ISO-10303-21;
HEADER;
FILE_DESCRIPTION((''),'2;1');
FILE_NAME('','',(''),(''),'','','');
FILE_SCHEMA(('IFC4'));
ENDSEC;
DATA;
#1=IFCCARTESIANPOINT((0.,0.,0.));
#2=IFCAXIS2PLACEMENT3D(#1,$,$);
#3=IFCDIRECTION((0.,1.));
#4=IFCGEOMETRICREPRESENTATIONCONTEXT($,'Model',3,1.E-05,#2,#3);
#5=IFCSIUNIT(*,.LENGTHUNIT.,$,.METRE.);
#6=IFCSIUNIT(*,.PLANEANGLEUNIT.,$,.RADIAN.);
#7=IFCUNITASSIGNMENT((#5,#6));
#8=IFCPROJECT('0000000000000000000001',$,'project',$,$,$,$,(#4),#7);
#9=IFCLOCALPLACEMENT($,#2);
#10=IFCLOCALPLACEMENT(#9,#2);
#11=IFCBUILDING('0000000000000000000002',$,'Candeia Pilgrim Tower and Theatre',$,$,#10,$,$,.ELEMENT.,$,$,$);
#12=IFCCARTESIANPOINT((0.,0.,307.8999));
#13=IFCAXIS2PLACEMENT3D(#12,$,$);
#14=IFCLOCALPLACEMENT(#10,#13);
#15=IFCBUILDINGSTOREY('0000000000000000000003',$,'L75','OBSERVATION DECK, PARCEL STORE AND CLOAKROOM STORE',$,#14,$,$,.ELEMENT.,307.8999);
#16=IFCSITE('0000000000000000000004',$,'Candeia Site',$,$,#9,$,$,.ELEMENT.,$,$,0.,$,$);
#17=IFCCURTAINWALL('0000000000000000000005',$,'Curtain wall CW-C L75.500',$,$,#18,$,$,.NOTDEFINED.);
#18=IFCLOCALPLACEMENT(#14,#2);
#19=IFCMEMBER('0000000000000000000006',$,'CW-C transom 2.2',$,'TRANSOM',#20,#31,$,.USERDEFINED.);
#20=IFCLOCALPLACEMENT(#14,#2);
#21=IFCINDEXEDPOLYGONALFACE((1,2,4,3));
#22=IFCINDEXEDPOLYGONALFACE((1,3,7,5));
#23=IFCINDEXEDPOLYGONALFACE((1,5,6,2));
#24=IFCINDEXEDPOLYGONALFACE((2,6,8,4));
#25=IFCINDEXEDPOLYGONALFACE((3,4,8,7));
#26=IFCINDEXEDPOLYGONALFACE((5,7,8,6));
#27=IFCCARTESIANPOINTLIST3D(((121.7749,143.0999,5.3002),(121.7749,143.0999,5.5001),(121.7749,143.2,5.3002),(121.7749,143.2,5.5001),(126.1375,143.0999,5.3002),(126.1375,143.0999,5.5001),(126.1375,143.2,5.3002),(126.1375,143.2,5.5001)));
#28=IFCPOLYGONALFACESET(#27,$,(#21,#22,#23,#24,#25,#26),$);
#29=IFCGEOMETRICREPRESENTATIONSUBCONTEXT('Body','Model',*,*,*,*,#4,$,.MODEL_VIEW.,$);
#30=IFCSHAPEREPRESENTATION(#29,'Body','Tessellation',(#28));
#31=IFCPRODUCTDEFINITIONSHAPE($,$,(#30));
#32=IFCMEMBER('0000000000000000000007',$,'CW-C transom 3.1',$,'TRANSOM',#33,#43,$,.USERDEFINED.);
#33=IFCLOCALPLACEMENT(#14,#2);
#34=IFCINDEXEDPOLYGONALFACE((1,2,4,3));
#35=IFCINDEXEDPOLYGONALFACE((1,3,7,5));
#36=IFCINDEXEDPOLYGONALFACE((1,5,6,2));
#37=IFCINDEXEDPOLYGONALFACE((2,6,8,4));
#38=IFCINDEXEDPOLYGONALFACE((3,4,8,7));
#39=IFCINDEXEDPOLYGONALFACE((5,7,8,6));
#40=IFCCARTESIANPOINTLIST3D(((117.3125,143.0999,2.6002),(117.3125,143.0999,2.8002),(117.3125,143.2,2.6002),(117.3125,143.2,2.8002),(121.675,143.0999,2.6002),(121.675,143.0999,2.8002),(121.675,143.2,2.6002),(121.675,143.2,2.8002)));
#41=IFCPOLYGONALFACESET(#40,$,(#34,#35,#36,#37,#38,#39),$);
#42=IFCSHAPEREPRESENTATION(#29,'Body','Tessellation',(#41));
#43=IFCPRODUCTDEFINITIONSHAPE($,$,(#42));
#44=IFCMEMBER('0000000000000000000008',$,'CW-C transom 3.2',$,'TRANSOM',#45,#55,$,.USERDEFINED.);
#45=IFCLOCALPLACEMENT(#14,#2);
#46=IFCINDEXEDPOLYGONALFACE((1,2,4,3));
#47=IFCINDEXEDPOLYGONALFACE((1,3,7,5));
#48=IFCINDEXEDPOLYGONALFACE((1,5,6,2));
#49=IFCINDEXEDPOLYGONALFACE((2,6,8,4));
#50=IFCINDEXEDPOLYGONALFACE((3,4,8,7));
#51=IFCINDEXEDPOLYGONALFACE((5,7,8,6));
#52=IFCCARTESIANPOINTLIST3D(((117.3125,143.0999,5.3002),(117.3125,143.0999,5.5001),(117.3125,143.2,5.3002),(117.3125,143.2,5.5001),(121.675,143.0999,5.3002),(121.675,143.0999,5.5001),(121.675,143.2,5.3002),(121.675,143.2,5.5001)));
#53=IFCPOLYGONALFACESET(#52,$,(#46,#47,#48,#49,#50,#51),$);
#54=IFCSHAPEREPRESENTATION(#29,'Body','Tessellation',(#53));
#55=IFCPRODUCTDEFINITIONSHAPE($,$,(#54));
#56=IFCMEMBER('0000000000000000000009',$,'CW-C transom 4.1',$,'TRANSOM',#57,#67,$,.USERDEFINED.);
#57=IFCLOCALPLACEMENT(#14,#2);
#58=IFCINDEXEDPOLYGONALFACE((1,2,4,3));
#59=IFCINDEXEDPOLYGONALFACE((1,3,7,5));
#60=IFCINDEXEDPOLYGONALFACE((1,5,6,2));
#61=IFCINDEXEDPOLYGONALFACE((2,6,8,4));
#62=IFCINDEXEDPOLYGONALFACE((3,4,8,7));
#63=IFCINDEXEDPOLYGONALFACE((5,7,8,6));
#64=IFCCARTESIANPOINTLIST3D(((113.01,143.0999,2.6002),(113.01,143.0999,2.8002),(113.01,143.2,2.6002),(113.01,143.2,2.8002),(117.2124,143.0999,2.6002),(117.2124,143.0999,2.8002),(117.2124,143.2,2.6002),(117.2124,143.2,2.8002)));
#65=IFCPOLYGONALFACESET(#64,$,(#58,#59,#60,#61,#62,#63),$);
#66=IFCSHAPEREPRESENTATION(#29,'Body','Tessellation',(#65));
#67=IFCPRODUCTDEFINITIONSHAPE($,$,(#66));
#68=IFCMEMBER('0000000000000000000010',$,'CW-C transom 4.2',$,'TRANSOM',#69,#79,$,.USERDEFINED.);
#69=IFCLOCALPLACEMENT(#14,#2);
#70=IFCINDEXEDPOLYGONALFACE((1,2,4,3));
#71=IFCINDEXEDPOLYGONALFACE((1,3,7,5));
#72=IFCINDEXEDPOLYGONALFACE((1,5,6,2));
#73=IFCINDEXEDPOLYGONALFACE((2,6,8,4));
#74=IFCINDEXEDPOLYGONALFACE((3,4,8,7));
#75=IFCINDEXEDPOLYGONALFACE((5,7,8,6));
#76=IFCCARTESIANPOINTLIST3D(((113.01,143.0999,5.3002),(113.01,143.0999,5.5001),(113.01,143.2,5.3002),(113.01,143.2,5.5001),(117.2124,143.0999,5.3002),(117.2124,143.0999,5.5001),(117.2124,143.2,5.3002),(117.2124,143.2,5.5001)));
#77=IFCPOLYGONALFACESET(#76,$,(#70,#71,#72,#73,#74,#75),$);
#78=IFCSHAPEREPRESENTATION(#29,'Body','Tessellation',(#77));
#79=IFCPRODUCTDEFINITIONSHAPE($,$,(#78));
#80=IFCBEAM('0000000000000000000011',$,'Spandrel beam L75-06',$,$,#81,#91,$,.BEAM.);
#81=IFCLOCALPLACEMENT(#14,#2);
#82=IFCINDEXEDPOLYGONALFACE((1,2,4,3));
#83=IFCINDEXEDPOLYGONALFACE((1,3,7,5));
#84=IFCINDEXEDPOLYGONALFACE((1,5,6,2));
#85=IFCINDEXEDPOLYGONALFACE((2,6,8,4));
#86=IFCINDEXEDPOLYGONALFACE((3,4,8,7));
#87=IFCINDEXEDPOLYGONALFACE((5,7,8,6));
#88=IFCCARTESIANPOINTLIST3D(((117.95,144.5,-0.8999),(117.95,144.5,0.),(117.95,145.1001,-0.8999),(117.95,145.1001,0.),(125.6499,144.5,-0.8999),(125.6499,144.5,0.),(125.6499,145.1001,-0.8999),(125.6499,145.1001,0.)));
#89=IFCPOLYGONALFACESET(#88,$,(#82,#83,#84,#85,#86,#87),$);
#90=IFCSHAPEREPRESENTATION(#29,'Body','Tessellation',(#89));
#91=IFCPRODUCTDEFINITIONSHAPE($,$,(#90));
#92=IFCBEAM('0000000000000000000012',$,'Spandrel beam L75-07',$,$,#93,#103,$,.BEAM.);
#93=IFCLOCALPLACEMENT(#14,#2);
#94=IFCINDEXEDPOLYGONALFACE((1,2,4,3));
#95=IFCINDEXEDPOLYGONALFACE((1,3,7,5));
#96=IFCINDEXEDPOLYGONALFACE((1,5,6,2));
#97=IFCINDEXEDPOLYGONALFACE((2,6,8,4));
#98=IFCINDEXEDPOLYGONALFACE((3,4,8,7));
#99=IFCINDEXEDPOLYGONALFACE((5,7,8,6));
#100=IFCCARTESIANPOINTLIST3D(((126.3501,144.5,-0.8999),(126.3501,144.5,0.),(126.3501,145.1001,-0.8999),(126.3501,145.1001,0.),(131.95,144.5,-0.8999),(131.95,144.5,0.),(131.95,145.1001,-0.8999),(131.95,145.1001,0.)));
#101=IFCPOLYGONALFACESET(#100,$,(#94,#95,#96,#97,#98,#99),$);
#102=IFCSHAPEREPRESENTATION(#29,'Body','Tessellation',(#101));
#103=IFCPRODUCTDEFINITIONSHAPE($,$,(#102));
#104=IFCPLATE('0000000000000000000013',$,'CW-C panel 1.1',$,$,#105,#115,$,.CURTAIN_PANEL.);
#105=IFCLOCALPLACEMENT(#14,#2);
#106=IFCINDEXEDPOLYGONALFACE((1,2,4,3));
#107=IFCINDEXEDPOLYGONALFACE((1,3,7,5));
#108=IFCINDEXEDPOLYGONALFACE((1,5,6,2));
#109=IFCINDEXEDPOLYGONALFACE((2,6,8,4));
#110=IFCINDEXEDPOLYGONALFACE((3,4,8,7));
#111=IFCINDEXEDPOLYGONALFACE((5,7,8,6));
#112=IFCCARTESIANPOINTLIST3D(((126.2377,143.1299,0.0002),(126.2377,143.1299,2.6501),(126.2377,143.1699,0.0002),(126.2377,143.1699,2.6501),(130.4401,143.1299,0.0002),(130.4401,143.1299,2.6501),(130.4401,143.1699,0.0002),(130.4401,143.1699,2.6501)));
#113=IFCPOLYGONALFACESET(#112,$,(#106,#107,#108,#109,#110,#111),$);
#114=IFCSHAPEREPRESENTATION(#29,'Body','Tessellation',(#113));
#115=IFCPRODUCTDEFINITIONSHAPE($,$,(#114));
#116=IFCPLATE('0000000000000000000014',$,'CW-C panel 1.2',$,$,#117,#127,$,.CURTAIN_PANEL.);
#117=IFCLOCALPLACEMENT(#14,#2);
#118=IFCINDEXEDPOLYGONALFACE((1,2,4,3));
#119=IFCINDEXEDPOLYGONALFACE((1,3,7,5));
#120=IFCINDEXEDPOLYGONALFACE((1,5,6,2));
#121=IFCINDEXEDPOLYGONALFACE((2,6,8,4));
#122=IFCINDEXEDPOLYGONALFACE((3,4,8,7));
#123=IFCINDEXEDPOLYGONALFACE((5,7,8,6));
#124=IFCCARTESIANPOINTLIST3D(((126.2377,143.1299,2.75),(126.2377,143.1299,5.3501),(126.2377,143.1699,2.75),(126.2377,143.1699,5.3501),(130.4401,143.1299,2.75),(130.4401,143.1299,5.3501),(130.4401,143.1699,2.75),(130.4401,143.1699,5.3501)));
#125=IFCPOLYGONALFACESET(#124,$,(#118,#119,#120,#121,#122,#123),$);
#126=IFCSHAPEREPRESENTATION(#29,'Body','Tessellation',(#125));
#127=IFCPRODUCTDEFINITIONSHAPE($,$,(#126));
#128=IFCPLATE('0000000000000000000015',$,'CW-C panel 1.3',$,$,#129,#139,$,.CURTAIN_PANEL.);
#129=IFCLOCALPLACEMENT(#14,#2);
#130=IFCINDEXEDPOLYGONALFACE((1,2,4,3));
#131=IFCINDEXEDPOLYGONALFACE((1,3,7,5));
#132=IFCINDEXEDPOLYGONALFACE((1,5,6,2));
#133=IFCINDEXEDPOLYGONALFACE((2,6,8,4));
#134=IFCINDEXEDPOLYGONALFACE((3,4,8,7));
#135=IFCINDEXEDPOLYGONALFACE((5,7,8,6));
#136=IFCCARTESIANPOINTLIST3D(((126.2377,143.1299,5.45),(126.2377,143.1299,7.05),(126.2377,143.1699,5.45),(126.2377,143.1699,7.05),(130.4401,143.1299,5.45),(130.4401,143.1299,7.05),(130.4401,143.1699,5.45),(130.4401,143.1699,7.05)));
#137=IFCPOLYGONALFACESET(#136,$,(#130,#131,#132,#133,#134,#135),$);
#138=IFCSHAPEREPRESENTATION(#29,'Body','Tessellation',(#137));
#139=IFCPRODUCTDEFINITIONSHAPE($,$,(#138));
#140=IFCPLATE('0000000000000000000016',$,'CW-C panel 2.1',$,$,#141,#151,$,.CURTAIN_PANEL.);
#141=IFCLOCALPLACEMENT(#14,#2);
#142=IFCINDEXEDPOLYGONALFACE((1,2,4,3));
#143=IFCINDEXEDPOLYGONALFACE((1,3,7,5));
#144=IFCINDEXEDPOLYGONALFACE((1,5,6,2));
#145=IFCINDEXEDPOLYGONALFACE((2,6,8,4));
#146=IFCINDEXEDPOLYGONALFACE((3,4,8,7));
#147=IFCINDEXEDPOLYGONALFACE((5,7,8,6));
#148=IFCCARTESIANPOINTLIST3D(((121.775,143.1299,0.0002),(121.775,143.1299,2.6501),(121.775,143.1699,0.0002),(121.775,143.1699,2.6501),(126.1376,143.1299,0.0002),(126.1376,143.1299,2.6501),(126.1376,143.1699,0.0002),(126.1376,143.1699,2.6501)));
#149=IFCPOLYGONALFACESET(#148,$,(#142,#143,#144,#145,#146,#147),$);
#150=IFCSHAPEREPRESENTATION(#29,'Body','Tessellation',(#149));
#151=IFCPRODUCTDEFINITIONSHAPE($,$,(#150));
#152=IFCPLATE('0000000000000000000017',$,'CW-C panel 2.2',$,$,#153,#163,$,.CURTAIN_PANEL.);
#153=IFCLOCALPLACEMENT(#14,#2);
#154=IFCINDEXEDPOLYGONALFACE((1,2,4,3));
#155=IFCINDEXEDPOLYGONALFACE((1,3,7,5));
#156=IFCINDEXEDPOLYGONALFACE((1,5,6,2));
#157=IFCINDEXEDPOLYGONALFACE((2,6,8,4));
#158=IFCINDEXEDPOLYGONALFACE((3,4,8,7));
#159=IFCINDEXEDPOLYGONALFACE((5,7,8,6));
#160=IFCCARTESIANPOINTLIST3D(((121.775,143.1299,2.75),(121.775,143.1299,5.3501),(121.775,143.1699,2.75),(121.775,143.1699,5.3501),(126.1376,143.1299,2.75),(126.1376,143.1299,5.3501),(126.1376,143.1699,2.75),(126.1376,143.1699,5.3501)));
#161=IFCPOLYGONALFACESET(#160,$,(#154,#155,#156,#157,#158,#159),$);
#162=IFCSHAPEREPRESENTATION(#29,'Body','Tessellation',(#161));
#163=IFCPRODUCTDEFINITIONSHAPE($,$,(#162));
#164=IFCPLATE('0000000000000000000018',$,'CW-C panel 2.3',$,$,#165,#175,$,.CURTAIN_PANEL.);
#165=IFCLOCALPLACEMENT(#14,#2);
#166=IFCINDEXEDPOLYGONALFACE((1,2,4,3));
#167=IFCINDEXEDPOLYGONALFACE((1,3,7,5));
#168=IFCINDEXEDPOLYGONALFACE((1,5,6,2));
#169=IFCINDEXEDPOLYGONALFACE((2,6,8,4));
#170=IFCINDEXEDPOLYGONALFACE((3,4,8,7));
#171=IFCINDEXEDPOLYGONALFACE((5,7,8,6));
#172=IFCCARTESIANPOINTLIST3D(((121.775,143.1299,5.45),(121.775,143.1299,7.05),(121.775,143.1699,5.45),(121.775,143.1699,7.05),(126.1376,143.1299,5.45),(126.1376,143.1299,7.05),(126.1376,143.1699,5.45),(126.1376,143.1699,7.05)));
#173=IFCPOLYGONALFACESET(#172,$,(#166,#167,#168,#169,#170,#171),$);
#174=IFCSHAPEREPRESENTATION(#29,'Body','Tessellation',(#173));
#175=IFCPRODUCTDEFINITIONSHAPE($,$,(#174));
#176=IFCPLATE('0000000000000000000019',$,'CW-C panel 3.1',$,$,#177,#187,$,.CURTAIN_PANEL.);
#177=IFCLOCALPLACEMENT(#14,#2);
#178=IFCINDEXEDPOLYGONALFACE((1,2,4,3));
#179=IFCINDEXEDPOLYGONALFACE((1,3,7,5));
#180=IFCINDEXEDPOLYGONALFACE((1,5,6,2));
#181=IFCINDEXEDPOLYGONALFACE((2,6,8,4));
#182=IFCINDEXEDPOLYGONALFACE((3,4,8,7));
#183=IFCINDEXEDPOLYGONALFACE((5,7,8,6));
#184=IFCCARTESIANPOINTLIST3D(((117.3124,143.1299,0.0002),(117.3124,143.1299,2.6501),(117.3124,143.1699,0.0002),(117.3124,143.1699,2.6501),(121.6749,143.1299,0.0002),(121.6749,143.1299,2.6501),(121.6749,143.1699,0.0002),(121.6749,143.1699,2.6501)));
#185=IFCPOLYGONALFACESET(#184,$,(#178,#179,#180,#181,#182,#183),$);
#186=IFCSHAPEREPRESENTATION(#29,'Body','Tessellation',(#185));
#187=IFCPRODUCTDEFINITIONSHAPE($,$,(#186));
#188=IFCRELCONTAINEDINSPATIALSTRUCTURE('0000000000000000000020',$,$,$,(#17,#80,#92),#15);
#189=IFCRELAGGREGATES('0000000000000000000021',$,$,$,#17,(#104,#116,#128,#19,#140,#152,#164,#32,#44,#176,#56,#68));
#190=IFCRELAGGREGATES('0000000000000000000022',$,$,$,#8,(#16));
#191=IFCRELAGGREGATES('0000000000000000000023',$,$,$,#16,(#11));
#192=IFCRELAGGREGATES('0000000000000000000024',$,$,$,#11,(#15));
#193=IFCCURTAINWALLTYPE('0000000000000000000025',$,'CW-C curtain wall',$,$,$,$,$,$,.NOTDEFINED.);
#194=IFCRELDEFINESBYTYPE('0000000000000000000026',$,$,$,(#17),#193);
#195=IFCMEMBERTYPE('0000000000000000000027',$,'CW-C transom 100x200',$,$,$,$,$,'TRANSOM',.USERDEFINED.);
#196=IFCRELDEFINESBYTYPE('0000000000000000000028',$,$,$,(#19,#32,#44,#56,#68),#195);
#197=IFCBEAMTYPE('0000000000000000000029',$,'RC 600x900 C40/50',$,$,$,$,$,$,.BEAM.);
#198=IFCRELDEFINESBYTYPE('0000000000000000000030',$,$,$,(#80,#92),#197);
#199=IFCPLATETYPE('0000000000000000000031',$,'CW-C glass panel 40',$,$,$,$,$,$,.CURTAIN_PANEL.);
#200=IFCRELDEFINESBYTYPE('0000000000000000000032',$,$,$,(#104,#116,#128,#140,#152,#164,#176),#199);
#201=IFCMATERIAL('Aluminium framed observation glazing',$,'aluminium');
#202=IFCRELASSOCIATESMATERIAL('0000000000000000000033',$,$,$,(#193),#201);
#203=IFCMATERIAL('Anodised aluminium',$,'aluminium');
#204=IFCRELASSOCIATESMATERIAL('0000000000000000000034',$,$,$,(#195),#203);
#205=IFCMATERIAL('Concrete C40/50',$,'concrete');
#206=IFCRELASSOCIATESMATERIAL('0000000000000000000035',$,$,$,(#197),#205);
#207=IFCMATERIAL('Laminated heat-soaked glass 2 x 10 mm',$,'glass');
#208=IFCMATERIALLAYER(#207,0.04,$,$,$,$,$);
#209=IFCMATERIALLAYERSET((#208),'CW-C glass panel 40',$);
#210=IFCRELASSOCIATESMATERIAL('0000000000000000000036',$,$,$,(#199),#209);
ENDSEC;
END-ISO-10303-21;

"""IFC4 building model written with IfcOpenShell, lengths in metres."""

from ifc_helpers import new_model, si_unit, direction, frame, origin, origin_2d, place, context, subcontext, project, spatial, rectangle, extrude, material, layer, layer_set, material_profile, profile_set, type_object, element, aggregate, save


model = new_model("IFC4")

# Units and contexts
model_context = context("Model", 3, precision=1e-05, world=origin(), true_north=direction((0.0, 1.0)))
body_context = subcontext(model_context, "Body", "Model", "MODEL_VIEW")
ifc_project = project(units=[si_unit("LENGTHUNIT", "METRE"), si_unit("PLANEANGLEUNIT", "RADIAN")], contexts=[model_context])

# Site, building, storey
site_placement = place(None, origin())
site = spatial("IfcSite", under=ifc_project, at=site_placement, Name="Candeia Site", CompositionType="ELEMENT", RefElevation=0.0)
building_placement = place(site_placement, origin())
building = spatial("IfcBuilding", under=site, at=building_placement, Name="Candeia Pilgrim Tower and Theatre", CompositionType="ELEMENT")
storey_placement = place(building_placement, frame((0.0, 0.0, 307.8999)))
storey = spatial("IfcBuildingStorey", under=building, at=storey_placement, Name="L75", Description="OBSERVATION DECK, PARCEL STORE AND CLOAKROOM STORE", CompositionType="ELEMENT", Elevation=307.8999)

# Shared definitions
ifc_material_1 = material(Name="Concrete C40/50", Category="concrete")

# Shared definitions
ifc_material_2 = material(Name="Aluminium framed observation glazing", Category="aluminium")
curtain_wall_type = type_object("IfcCurtainWallType", Name="CW-C curtain wall", PredefinedType="NOTDEFINED", material=ifc_material_2)
ifc_material_3 = material(Name="Anodised aluminium", Category="aluminium")

# Curtain wall
curtain_wall_1_placement = place(storey_placement, origin())
curtain_wall_1 = element("IfcCurtainWall", 1, at=curtain_wall_1_placement, inside=storey, type_object=curtain_wall_type, Name="Curtain wall CW-C L75.500", PredefinedType="NOTDEFINED")

# Members
ifc_material_profile_1 = material_profile(ifc_material_3, rectangle(XDim=0.1001, YDim=0.2, at=origin_2d()))
ifc_profile_set_1 = profile_set([ifc_material_profile_1], Name="Anodised aluminium")
member_type_1 = type_object("IfcMemberType", Name="CW-C transom 100x200", ElementType="TRANSOM", PredefinedType="USERDEFINED", material=ifc_profile_set_1)
member_1_placement = place(storey_placement, frame((126.1375, 143.1499, 5.4001), z_axis=(-1.0, 0.0, 0.0), x_axis=(0.0, -1.0, 0.0)))
member_1 = element("IfcMember", 2, at=member_1_placement, type_object=member_type_1, Name="CW-C transom 2.2", ObjectType="TRANSOM", PredefinedType="USERDEFINED", context=body_context, shape_type="SweptSolid", body=[
    extrude(rectangle(XDim=0.1001, YDim=0.2, at=origin_2d()), origin(), (0.0, 0.0, 1.0), 4.3625),
])
member_2_placement = place(storey_placement, frame((121.675, 143.1499, 2.7002), z_axis=(-1.0, 0.0, 0.0), x_axis=(0.0, -1.0, 0.0)))
member_2 = element("IfcMember", 3, at=member_2_placement, type_object=member_type_1, Name="CW-C transom 3.1", ObjectType="TRANSOM", PredefinedType="USERDEFINED", context=body_context, shape_type="SweptSolid", body=[
    extrude(rectangle(XDim=0.1001, YDim=0.2, at=origin_2d()), origin(), (0.0, 0.0, 1.0), 4.3625),
])
member_3_placement = place(storey_placement, frame((121.675, 143.1499, 5.4001), z_axis=(-1.0, 0.0, 0.0), x_axis=(0.0, -1.0, 0.0)))
member_3 = element("IfcMember", 4, at=member_3_placement, type_object=member_type_1, Name="CW-C transom 3.2", ObjectType="TRANSOM", PredefinedType="USERDEFINED", context=body_context, shape_type="SweptSolid", body=[
    extrude(rectangle(XDim=0.1001, YDim=0.2, at=origin_2d()), origin(), (0.0, 0.0, 1.0), 4.3625),
])
member_4_placement = place(storey_placement, frame((117.2124, 143.1499, 2.7002), z_axis=(-1.0, 0.0, 0.0), x_axis=(0.0, -1.0, 0.0)))
member_4 = element("IfcMember", 5, at=member_4_placement, type_object=member_type_1, Name="CW-C transom 4.1", ObjectType="TRANSOM", PredefinedType="USERDEFINED", context=body_context, shape_type="SweptSolid", body=[
    extrude(rectangle(XDim=0.1001, YDim=0.2, at=origin_2d()), origin(), (0.0, 0.0, 1.0), 4.2024),
])
member_5_placement = place(storey_placement, frame((117.2124, 143.1499, 5.4001), z_axis=(-1.0, 0.0, 0.0), x_axis=(0.0, -1.0, 0.0)))
member_5 = element("IfcMember", 6, at=member_5_placement, type_object=member_type_1, Name="CW-C transom 4.2", ObjectType="TRANSOM", PredefinedType="USERDEFINED", context=body_context, shape_type="SweptSolid", body=[
    extrude(rectangle(XDim=0.1001, YDim=0.2, at=origin_2d()), origin(), (0.0, 0.0, 1.0), 4.2024),
])

# Beams
ifc_material_profile_2 = material_profile(ifc_material_1, rectangle(XDim=0.6001, YDim=0.8999, at=origin_2d()))
ifc_profile_set_2 = profile_set([ifc_material_profile_2], Name="Concrete C40/50")
beam_type = type_object("IfcBeamType", Name="RC 600x900 C40/50", PredefinedType="BEAM", material=ifc_profile_set_2)
beam_1_placement = place(storey_placement, frame((117.95, 144.8, -0.45), z_axis=(1.0, 0.0, 0.0), x_axis=(0.0, 1.0, 0.0)))
element("IfcBeam", 7, at=beam_1_placement, inside=storey, type_object=beam_type, Name="Spandrel beam L75-06", PredefinedType="BEAM", context=body_context, shape_type="SweptSolid", body=[
    extrude(rectangle(XDim=0.6001, YDim=0.8999, at=origin_2d()), origin(), (0.0, 0.0, 1.0), 7.7),
])
beam_2_placement = place(storey_placement, frame((126.3501, 144.8, -0.45), z_axis=(1.0, 0.0, 0.0), x_axis=(0.0, 1.0, 0.0)))
element("IfcBeam", 8, at=beam_2_placement, inside=storey, type_object=beam_type, Name="Spandrel beam L75-07", PredefinedType="BEAM", context=body_context, shape_type="SweptSolid", body=[
    extrude(rectangle(XDim=0.6001, YDim=0.8999, at=origin_2d()), origin(), (0.0, 0.0, 1.0), 5.5999),
])

# Plates
ifc_material_4 = material(Name="Laminated heat-soaked glass 2 x 10 mm", Category="glass")
ifc_layer_1 = layer(ifc_material_4, 0.04)
ifc_layer_set_1 = layer_set([ifc_layer_1], Name="CW-C glass panel 40")
plate_type = type_object("IfcPlateType", Name="CW-C glass panel 40", PredefinedType="CURTAIN_PANEL", material=ifc_layer_set_1)
plate_1_placement = place(storey_placement, frame((128.3389, 143.1499, 0.0002), z_axis=(0.0, 0.0, 1.0), x_axis=(-1.0, 0.0, 0.0)))
plate_1 = element("IfcPlate", 9, at=plate_1_placement, type_object=plate_type, Name="CW-C panel 1.1", PredefinedType="CURTAIN_PANEL", context=body_context, shape_type="SweptSolid", body=[
    extrude(rectangle(XDim=4.2024, YDim=0.04, at=origin_2d()), origin(), (0.0, 0.0, 1.0), 2.6499),
])
plate_2_placement = place(storey_placement, frame((128.3389, 143.1499, 2.75), z_axis=(0.0, 0.0, 1.0), x_axis=(-1.0, 0.0, 0.0)))
plate_2 = element("IfcPlate", 10, at=plate_2_placement, type_object=plate_type, Name="CW-C panel 1.2", PredefinedType="CURTAIN_PANEL", context=body_context, shape_type="SweptSolid", body=[
    extrude(rectangle(XDim=4.2024, YDim=0.04, at=origin_2d()), origin(), (0.0, 0.0, 1.0), 2.6001),
])
plate_3_placement = place(storey_placement, frame((128.3389, 143.1499, 5.45), z_axis=(0.0, 0.0, 1.0), x_axis=(-1.0, 0.0, 0.0)))
plate_3 = element("IfcPlate", 11, at=plate_3_placement, type_object=plate_type, Name="CW-C panel 1.3", PredefinedType="CURTAIN_PANEL", context=body_context, shape_type="SweptSolid", body=[
    extrude(rectangle(XDim=4.2024, YDim=0.04, at=origin_2d()), origin(), (0.0, 0.0, 1.0), 1.6001),
])
plate_4_placement = place(storey_placement, frame((123.9563, 143.1499, 0.0002), z_axis=(0.0, 0.0, 1.0), x_axis=(-1.0, 0.0, 0.0)))
plate_4 = element("IfcPlate", 12, at=plate_4_placement, type_object=plate_type, Name="CW-C panel 2.1", PredefinedType="CURTAIN_PANEL", context=body_context, shape_type="SweptSolid", body=[
    extrude(rectangle(XDim=4.3625, YDim=0.04, at=origin_2d()), origin(), (0.0, 0.0, 1.0), 2.6499),
])
plate_5_placement = place(storey_placement, frame((123.9563, 143.1499, 2.75), z_axis=(0.0, 0.0, 1.0), x_axis=(-1.0, 0.0, 0.0)))
plate_5 = element("IfcPlate", 13, at=plate_5_placement, type_object=plate_type, Name="CW-C panel 2.2", PredefinedType="CURTAIN_PANEL", context=body_context, shape_type="SweptSolid", body=[
    extrude(rectangle(XDim=4.3625, YDim=0.04, at=origin_2d()), origin(), (0.0, 0.0, 1.0), 2.6001),
])
plate_6_placement = place(storey_placement, frame((123.9563, 143.1499, 5.45), z_axis=(0.0, 0.0, 1.0), x_axis=(-1.0, 0.0, 0.0)))
plate_6 = element("IfcPlate", 14, at=plate_6_placement, type_object=plate_type, Name="CW-C panel 2.3", PredefinedType="CURTAIN_PANEL", context=body_context, shape_type="SweptSolid", body=[
    extrude(rectangle(XDim=4.3625, YDim=0.04, at=origin_2d()), origin(), (0.0, 0.0, 1.0), 1.6001),
])
plate_7_placement = place(storey_placement, frame((119.4937, 143.1499, 0.0002), z_axis=(0.0, 0.0, 1.0), x_axis=(-1.0, 0.0, 0.0)))
plate_7 = element("IfcPlate", 15, at=plate_7_placement, type_object=plate_type, Name="CW-C panel 3.1", PredefinedType="CURTAIN_PANEL", context=body_context, shape_type="SweptSolid", body=[
    extrude(rectangle(XDim=4.3625, YDim=0.04, at=origin_2d()), origin(), (0.0, 0.0, 1.0), 2.6499),
])
aggregate(curtain_wall_1, [plate_1, plate_2, plate_3, member_1, plate_4, plate_5, plate_6, member_2, member_3, plate_7, member_4, member_5])

save(model, "model.ifc")
